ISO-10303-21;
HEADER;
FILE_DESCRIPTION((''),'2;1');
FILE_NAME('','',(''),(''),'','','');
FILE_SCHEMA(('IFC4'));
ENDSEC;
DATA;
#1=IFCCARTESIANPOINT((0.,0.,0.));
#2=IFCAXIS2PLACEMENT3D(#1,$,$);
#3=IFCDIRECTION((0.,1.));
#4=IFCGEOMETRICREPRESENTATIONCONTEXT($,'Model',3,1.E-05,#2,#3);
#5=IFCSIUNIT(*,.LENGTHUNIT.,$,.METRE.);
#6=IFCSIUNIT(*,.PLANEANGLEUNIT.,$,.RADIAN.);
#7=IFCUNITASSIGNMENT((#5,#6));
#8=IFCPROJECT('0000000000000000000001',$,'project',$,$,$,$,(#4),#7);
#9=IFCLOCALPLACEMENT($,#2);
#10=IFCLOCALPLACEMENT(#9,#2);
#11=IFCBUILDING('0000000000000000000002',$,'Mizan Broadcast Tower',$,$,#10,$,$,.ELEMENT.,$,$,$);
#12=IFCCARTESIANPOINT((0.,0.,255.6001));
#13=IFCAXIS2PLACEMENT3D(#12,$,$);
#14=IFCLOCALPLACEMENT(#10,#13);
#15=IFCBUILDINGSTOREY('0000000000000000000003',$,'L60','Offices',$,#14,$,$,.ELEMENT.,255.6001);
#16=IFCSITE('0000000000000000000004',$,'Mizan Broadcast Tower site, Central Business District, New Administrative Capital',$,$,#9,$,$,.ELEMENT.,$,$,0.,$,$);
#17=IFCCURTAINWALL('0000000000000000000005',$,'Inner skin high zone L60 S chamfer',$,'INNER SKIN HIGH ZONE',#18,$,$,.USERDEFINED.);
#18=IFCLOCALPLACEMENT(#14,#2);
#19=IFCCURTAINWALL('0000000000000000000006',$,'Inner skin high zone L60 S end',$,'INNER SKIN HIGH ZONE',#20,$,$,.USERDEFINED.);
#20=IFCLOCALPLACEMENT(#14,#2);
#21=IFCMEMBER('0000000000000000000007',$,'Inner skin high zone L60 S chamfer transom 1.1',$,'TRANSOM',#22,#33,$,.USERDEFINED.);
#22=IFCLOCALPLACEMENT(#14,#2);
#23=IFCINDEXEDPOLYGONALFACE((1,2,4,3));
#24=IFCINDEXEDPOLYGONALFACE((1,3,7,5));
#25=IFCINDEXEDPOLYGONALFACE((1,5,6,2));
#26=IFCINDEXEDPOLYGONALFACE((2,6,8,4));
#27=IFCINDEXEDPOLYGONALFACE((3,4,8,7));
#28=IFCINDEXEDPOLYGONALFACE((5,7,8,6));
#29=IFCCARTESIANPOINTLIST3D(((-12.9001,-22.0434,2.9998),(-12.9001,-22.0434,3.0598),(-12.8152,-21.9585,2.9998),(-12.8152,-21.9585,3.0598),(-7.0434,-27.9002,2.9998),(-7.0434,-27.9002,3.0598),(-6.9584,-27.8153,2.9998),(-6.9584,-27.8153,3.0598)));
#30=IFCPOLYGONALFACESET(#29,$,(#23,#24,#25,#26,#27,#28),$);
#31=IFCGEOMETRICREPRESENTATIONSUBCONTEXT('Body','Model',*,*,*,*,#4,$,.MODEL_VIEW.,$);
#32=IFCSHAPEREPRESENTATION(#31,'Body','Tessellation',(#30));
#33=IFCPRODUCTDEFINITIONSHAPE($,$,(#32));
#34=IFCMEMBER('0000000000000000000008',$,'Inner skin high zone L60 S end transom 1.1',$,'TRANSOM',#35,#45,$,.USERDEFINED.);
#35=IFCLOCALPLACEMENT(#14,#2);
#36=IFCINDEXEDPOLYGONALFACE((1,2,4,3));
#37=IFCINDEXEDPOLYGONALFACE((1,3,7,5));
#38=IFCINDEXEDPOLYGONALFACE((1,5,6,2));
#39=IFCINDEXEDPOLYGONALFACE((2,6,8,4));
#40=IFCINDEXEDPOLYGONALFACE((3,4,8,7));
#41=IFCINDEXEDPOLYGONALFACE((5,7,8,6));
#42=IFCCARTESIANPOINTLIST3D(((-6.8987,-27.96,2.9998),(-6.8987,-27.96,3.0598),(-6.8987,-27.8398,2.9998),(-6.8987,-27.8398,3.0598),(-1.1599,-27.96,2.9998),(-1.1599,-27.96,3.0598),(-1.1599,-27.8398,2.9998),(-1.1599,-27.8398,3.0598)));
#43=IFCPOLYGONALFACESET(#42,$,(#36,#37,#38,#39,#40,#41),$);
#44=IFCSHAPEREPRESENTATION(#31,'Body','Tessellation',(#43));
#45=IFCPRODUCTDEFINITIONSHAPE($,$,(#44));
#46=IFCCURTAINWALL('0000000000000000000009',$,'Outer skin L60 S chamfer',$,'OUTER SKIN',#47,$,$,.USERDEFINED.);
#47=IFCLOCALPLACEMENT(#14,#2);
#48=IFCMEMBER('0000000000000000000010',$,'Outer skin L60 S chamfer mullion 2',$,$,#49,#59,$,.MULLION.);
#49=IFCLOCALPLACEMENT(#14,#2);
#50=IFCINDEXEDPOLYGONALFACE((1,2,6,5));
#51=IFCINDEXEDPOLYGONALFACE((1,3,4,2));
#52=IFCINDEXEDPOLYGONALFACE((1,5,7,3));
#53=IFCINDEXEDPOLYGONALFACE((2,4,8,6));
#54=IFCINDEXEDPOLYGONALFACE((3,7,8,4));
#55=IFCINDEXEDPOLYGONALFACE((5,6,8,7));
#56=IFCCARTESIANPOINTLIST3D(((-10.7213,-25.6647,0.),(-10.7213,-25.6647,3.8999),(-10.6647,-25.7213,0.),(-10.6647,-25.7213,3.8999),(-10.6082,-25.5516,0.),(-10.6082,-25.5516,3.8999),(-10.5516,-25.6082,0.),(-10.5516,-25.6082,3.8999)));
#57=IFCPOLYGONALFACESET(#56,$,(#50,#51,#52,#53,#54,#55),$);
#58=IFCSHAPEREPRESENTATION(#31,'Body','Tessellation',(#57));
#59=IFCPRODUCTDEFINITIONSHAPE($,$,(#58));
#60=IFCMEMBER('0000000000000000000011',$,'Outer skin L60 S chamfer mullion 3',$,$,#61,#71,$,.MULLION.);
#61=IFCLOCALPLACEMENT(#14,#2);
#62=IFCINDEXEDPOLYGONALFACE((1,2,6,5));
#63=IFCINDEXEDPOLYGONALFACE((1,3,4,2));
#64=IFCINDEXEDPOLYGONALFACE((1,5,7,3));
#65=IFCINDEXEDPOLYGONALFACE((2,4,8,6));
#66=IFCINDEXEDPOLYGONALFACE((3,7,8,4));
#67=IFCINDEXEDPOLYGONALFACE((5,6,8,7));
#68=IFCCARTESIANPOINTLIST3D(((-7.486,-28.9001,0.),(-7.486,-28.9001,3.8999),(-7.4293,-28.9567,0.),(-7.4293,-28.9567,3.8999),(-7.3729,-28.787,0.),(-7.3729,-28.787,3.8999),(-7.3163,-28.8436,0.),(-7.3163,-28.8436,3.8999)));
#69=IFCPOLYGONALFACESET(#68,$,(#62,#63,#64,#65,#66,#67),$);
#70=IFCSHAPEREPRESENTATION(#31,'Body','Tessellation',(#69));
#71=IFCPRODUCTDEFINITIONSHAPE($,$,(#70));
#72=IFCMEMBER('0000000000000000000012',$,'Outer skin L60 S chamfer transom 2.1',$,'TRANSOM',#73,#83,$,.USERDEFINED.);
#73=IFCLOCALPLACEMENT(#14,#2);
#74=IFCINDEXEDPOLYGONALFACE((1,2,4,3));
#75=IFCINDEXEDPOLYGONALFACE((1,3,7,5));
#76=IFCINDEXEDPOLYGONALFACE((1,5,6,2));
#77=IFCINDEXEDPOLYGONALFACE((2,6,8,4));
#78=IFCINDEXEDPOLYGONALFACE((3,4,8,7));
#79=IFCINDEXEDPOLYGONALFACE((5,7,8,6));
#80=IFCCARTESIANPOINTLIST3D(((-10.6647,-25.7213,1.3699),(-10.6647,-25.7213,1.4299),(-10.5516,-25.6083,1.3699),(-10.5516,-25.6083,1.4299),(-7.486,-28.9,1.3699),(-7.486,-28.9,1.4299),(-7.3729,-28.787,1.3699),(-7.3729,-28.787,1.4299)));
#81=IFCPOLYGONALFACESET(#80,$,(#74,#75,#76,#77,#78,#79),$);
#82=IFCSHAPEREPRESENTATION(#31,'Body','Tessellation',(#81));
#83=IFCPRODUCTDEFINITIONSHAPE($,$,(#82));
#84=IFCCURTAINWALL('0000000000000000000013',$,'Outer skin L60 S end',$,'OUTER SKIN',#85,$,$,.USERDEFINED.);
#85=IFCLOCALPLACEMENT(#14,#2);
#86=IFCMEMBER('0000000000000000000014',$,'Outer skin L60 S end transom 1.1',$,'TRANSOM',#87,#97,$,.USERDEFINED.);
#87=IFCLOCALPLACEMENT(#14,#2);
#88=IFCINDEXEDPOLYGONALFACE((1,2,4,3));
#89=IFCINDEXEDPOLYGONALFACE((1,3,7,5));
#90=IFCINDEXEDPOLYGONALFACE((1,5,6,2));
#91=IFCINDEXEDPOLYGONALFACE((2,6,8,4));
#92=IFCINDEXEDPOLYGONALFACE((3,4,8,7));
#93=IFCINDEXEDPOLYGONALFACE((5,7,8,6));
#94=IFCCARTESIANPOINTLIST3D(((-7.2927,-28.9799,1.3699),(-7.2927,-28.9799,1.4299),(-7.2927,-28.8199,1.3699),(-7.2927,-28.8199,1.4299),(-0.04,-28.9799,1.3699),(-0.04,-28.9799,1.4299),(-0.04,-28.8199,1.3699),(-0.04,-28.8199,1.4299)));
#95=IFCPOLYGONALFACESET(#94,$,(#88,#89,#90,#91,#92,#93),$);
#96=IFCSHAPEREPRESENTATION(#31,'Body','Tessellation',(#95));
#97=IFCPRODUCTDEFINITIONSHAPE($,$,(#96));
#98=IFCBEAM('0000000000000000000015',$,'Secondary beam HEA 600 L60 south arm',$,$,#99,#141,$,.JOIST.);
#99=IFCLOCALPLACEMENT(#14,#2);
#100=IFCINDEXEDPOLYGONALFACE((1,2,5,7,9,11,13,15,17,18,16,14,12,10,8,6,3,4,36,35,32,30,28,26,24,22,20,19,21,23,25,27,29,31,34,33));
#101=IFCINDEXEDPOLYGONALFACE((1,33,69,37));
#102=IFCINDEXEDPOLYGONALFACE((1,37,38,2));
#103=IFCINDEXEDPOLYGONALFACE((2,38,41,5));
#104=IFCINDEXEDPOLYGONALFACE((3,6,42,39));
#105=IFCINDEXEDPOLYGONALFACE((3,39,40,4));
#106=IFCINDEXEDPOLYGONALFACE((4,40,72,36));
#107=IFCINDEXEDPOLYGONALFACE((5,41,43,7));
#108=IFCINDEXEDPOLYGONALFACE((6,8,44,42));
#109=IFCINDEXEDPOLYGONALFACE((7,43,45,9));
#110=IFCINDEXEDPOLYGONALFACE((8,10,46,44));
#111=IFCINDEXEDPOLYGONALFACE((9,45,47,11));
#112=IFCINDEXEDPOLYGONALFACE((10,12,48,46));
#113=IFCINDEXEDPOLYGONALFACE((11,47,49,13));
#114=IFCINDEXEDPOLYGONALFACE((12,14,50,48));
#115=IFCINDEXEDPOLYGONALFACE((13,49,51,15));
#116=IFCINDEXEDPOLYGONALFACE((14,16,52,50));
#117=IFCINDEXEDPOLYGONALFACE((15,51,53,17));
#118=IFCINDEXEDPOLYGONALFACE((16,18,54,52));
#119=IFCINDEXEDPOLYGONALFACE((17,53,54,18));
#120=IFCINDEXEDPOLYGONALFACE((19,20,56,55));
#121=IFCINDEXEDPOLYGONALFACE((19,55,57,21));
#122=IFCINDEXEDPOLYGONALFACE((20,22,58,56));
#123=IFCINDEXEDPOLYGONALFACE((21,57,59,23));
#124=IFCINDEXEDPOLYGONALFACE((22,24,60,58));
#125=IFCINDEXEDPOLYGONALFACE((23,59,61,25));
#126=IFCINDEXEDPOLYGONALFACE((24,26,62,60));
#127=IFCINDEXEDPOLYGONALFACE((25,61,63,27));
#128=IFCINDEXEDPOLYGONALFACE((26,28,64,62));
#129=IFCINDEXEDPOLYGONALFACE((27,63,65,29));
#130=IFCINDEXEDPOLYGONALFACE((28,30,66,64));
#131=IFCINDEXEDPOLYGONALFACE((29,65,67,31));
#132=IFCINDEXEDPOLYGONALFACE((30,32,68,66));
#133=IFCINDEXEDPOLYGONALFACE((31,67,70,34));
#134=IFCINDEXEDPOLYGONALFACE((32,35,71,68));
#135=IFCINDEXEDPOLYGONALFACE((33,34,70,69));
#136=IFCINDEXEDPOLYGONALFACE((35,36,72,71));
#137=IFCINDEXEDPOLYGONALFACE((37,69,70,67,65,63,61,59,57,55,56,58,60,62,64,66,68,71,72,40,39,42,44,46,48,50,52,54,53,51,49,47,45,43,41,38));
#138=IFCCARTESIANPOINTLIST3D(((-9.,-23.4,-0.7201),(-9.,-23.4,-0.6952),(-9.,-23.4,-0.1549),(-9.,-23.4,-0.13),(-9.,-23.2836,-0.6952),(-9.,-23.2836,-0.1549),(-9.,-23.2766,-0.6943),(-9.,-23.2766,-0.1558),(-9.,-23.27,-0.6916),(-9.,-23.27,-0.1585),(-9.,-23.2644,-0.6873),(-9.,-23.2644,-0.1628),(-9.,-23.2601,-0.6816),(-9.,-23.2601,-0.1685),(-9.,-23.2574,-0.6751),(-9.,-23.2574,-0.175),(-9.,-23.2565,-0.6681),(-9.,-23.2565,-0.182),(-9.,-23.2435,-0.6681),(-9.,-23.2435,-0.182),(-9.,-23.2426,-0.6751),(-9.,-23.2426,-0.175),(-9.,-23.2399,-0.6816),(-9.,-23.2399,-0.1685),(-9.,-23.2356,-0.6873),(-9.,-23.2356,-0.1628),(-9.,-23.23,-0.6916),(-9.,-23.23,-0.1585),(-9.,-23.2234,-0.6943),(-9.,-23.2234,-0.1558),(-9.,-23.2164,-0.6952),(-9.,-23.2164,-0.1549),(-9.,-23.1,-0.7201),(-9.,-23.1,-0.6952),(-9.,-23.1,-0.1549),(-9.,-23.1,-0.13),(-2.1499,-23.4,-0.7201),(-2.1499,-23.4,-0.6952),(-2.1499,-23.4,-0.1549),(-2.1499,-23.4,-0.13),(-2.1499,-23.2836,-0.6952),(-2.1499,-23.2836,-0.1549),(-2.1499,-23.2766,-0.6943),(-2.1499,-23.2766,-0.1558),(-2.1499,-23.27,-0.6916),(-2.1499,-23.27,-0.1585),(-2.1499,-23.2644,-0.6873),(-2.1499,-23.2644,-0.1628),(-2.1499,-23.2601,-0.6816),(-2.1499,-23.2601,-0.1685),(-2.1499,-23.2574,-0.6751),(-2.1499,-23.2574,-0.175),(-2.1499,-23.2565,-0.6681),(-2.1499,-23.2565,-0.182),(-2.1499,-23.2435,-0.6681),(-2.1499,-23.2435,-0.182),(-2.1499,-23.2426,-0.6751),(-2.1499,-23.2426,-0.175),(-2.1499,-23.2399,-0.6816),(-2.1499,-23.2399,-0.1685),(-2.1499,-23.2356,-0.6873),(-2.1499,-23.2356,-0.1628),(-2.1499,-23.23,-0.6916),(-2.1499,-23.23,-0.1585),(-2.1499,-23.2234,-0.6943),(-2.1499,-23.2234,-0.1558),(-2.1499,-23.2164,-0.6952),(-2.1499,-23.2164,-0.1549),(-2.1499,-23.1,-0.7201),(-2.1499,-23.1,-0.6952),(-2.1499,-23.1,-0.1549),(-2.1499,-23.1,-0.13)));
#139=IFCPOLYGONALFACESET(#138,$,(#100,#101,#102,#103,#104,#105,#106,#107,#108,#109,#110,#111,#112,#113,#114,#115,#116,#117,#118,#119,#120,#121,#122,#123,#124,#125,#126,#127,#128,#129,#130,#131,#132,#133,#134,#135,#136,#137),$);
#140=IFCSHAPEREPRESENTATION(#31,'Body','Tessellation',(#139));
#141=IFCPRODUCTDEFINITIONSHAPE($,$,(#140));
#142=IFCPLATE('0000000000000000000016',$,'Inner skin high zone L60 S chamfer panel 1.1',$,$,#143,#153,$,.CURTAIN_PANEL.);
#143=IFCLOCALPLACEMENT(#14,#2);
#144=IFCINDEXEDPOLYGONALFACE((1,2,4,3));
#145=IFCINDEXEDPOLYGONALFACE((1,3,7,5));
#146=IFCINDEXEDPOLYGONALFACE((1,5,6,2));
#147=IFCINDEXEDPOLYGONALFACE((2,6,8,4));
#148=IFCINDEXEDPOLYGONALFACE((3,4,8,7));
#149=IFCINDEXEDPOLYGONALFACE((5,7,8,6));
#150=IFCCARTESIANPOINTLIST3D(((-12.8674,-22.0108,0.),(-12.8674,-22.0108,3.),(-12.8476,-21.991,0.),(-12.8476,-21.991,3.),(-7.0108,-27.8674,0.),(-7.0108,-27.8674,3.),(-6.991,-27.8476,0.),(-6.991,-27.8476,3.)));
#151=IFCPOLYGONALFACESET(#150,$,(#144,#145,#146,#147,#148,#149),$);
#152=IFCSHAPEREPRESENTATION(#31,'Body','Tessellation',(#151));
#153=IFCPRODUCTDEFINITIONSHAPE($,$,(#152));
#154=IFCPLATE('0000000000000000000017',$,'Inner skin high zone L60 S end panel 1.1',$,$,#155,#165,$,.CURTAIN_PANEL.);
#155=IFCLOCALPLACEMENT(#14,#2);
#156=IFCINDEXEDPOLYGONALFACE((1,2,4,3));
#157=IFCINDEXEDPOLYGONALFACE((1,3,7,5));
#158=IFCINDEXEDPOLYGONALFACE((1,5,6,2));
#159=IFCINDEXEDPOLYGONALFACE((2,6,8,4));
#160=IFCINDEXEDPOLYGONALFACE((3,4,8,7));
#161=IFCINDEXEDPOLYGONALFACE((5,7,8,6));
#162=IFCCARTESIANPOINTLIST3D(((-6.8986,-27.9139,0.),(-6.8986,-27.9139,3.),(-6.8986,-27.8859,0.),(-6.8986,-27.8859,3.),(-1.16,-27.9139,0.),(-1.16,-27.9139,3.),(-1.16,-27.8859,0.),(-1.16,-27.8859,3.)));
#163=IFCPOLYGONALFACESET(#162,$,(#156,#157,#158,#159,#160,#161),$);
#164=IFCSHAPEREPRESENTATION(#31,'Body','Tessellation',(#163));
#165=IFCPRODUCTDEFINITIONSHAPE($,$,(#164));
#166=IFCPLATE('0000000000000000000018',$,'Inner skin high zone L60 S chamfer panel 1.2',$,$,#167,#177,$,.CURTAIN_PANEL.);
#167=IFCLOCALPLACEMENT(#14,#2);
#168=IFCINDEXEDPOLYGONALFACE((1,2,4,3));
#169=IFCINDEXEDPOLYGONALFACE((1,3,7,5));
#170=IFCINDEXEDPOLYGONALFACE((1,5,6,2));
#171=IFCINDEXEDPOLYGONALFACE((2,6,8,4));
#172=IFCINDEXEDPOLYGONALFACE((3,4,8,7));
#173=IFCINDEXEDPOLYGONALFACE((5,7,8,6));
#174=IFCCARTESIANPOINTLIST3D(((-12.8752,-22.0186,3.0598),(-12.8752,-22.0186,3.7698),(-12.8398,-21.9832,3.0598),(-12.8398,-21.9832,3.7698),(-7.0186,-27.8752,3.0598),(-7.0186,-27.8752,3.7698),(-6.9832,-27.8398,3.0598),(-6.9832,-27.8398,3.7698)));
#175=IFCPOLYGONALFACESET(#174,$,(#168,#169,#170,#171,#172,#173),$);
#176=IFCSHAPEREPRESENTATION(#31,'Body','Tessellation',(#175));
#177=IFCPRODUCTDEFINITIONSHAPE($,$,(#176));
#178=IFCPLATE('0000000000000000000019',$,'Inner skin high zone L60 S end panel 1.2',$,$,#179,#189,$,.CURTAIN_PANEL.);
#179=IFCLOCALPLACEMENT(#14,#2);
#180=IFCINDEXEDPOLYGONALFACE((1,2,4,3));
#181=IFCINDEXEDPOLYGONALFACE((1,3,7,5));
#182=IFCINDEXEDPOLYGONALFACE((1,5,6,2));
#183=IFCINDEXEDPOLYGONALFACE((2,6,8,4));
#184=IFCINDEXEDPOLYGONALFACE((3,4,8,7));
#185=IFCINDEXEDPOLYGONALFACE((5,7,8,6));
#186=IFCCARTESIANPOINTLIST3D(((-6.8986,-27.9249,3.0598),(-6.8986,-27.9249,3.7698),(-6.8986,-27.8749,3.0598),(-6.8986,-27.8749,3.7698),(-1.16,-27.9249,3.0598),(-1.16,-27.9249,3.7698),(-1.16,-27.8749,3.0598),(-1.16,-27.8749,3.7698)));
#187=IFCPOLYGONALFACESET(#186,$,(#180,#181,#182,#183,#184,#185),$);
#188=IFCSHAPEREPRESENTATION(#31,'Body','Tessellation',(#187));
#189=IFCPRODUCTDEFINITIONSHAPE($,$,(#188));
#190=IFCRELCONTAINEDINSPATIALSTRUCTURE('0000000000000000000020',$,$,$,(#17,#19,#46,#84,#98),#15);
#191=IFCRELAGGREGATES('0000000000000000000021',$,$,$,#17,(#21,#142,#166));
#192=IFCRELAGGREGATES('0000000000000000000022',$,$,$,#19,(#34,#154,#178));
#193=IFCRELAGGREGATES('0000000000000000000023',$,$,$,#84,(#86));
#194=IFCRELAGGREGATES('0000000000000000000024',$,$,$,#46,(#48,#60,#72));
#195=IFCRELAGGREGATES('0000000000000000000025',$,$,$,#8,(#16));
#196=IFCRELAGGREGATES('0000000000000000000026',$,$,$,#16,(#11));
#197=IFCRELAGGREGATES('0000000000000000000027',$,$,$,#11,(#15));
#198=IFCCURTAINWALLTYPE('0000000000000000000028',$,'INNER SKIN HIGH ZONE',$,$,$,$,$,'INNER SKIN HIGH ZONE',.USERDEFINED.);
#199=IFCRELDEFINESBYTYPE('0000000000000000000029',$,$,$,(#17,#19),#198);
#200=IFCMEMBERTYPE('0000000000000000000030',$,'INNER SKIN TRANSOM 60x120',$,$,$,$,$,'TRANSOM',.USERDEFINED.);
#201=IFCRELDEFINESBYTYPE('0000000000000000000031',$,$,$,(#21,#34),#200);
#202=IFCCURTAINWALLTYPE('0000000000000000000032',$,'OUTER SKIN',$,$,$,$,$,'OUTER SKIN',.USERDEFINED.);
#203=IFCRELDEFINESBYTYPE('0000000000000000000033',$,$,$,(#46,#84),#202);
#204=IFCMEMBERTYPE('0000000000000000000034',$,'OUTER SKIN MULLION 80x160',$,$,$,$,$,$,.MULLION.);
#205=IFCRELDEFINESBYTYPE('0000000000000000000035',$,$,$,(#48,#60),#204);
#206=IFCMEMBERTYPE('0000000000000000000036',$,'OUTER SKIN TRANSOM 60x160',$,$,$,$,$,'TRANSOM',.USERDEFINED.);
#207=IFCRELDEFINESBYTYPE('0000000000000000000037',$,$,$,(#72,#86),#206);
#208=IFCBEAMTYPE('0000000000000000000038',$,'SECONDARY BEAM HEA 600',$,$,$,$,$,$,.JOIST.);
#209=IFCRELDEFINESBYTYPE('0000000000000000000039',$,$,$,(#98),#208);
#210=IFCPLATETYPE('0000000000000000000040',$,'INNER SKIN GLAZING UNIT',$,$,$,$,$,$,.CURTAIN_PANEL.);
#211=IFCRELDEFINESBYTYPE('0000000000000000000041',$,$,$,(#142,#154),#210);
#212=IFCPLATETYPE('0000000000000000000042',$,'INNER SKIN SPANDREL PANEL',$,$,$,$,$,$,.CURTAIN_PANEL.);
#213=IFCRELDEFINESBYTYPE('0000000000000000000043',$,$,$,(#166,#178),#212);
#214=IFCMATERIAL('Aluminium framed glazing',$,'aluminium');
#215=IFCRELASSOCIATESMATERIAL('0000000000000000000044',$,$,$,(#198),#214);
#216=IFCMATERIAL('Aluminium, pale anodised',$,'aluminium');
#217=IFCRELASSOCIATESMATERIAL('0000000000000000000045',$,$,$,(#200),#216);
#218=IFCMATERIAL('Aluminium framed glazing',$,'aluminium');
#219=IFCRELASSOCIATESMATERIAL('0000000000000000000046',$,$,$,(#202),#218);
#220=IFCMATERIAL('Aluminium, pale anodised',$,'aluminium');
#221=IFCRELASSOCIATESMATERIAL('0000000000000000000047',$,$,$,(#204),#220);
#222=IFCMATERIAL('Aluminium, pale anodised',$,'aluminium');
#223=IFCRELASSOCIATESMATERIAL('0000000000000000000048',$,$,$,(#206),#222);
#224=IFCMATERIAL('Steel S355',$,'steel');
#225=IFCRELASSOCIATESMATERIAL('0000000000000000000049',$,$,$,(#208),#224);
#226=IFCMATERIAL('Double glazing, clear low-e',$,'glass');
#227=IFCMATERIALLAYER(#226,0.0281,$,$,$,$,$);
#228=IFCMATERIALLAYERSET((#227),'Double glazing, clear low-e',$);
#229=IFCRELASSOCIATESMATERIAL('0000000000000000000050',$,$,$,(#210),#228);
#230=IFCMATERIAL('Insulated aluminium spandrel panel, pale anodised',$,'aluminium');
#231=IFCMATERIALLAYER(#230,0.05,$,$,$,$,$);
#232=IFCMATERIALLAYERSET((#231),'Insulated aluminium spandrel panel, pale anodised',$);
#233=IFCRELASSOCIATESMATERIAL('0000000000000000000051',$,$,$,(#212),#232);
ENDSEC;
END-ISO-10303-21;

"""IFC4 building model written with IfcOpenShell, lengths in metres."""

from ifc_helpers import new_model, si_unit, direction, frame, origin, origin_2d, place, context, subcontext, project, spatial, rectangle, i_section, extrude, material, layer, layer_set, material_profile, profile_set, type_object, element, aggregate, save


model = new_model("IFC4")

# Units and contexts
model_context = context("Model", 3, precision=1e-05, world=origin(), true_north=direction((0.0, 1.0)))
body_context = subcontext(model_context, "Body", "Model", "MODEL_VIEW")
ifc_project = project(units=[si_unit("LENGTHUNIT", "METRE"), si_unit("PLANEANGLEUNIT", "RADIAN")], contexts=[model_context])

# Site, building, storey
site_placement = place(None, origin())
site = spatial("IfcSite", under=ifc_project, at=site_placement, Name="Mizan Broadcast Tower site, Central Business District, New Administrative Capital", CompositionType="ELEMENT", RefElevation=0.0)
building_placement = place(site_placement, origin())
building = spatial("IfcBuilding", under=site, at=building_placement, Name="Mizan Broadcast Tower", CompositionType="ELEMENT")
storey_placement = place(building_placement, frame((0.0, 0.0, 255.6001)))
storey = spatial("IfcBuildingStorey", under=building, at=storey_placement, Name="L60", Description="Offices", CompositionType="ELEMENT", Elevation=255.6001)

# Curtain walls
ifc_material_1 = material(Name="Aluminium framed glazing", Category="aluminium")
curtain_wall_type_1 = type_object("IfcCurtainWallType", Name="INNER SKIN HIGH ZONE", ElementType="INNER SKIN HIGH ZONE", PredefinedType="USERDEFINED", material=ifc_material_1)
curtain_wall_1_placement = place(storey_placement, origin())
curtain_wall_1 = element("IfcCurtainWall", 1, at=curtain_wall_1_placement, inside=storey, type_object=curtain_wall_type_1, Name="Inner skin high zone L60 S chamfer", ObjectType="INNER SKIN HIGH ZONE", PredefinedType="USERDEFINED")
curtain_wall_2_placement = place(storey_placement, origin())
curtain_wall_2 = element("IfcCurtainWall", 2, at=curtain_wall_2_placement, inside=storey, type_object=curtain_wall_type_1, Name="Inner skin high zone L60 S end", ObjectType="INNER SKIN HIGH ZONE", PredefinedType="USERDEFINED")
ifc_material_2 = material(Name="Aluminium, pale anodised", Category="aluminium")
ifc_material_profile_1 = material_profile(ifc_material_2, rectangle(XDim=0.1201, YDim=0.0601, at=origin_2d()), Name="TRANSOM 120x60")
ifc_profile_set_1 = profile_set([ifc_material_profile_1], Name="Aluminium, pale anodised")
member_type_1 = type_object("IfcMemberType", Name="INNER SKIN TRANSOM 60x120", ElementType="TRANSOM", PredefinedType="USERDEFINED", material=ifc_profile_set_1)

# Members
member_1_placement = place(storey_placement, frame((-12.8577, -22.001, 3.0298), z_axis=(0.707107, -0.707107, 0.0), x_axis=(0.707107, 0.707107, 0.0)))
member_1 = element("IfcMember", 3, at=member_1_placement, type_object=member_type_1, Name="Inner skin high zone L60 S chamfer transom 1.1", ObjectType="TRANSOM", PredefinedType="USERDEFINED", context=body_context, shape_type="SweptSolid", body=[
    extrude(rectangle(XDim=0.1201, YDim=0.0601, at=origin_2d()), origin(), (0.0, 0.0, 1.0), 8.2827),
])
member_2_placement = place(storey_placement, frame((-6.8987, -27.8999, 3.0298), z_axis=(1.0, 0.0, 0.0), x_axis=(0.0, 1.0, 0.0)))
member_2 = element("IfcMember", 4, at=member_2_placement, type_object=member_type_1, Name="Inner skin high zone L60 S end transom 1.1", ObjectType="TRANSOM", PredefinedType="USERDEFINED", context=body_context, shape_type="SweptSolid", body=[
    extrude(rectangle(XDim=0.1201, YDim=0.0601, at=origin_2d()), origin(), (0.0, 0.0, 1.0), 5.7388),
])

# Curtain wall, members
ifc_material_3 = material(Name="Aluminium framed glazing", Category="aluminium")
curtain_wall_type_2 = type_object("IfcCurtainWallType", Name="OUTER SKIN", ElementType="OUTER SKIN", PredefinedType="USERDEFINED", material=ifc_material_3)
curtain_wall_3_placement = place(storey_placement, origin())
curtain_wall_3 = element("IfcCurtainWall", 5, at=curtain_wall_3_placement, inside=storey, type_object=curtain_wall_type_2, Name="Outer skin L60 S chamfer", ObjectType="OUTER SKIN", PredefinedType="USERDEFINED")
ifc_material_4 = material(Name="Aluminium, pale anodised", Category="aluminium")
ifc_material_profile_2 = material_profile(ifc_material_4, rectangle(XDim=0.1599, YDim=0.0801, at=origin_2d()), Name="MULLION 160x80")
ifc_profile_set_2 = profile_set([ifc_material_profile_2], Name="Aluminium, pale anodised")
member_type_2 = type_object("IfcMemberType", Name="OUTER SKIN MULLION 80x160", PredefinedType="MULLION", material=ifc_profile_set_2)
member_3_placement = place(storey_placement, frame((-10.6365, -25.6365, 0.0), z_axis=(0.0, 0.0, 1.0), x_axis=(0.707107, 0.707107, 0.0)))
member_3 = element("IfcMember", 6, at=member_3_placement, type_object=member_type_2, Name="Outer skin L60 S chamfer mullion 2", PredefinedType="MULLION", context=body_context, shape_type="SweptSolid", body=[
    extrude(rectangle(XDim=0.1599, YDim=0.0801, at=origin_2d()), origin(), (0.0, 0.0, 1.0), 3.8999),
])
member_4_placement = place(storey_placement, frame((-7.4011, -28.8718, 0.0), z_axis=(0.0, 0.0, 1.0), x_axis=(0.707107, 0.707107, 0.0)))
member_4 = element("IfcMember", 7, at=member_4_placement, type_object=member_type_2, Name="Outer skin L60 S chamfer mullion 3", PredefinedType="MULLION", context=body_context, shape_type="SweptSolid", body=[
    extrude(rectangle(XDim=0.1599, YDim=0.0801, at=origin_2d()), origin(), (0.0, 0.0, 1.0), 3.8999),
])
ifc_material_5 = material(Name="Aluminium, pale anodised", Category="aluminium")
ifc_material_profile_3 = material_profile(ifc_material_5, rectangle(XDim=0.1599, YDim=0.0601, at=origin_2d()), Name="TRANSOM 160x60")
ifc_profile_set_3 = profile_set([ifc_material_profile_3], Name="Aluminium, pale anodised")
member_type_3 = type_object("IfcMemberType", Name="OUTER SKIN TRANSOM 60x160", ElementType="TRANSOM", PredefinedType="USERDEFINED", material=ifc_profile_set_3)
member_5_placement = place(storey_placement, frame((-10.6082, -25.6648, 1.3999), z_axis=(0.707107, -0.707107, 0.0), x_axis=(0.707107, 0.707107, 0.0)))
member_5 = element("IfcMember", 8, at=member_5_placement, type_object=member_type_3, Name="Outer skin L60 S chamfer transom 2.1", ObjectType="TRANSOM", PredefinedType="USERDEFINED", context=body_context, shape_type="SweptSolid", body=[
    extrude(rectangle(XDim=0.1599, YDim=0.0601, at=origin_2d()), origin(), (0.0, 0.0, 1.0), 4.4954),
])

# Curtain wall, member
curtain_wall_4_placement = place(storey_placement, origin())
curtain_wall_4 = element("IfcCurtainWall", 9, at=curtain_wall_4_placement, inside=storey, type_object=curtain_wall_type_2, Name="Outer skin L60 S end", ObjectType="OUTER SKIN", PredefinedType="USERDEFINED")
member_6_placement = place(storey_placement, frame((-7.2927, -28.8999, 1.3999), z_axis=(1.0, 0.0, 0.0), x_axis=(0.0, 1.0, 0.0)))
member_6 = element("IfcMember", 10, at=member_6_placement, type_object=member_type_3, Name="Outer skin L60 S end transom 1.1", ObjectType="TRANSOM", PredefinedType="USERDEFINED", context=body_context, shape_type="SweptSolid", body=[
    extrude(rectangle(XDim=0.1599, YDim=0.0601, at=origin_2d()), origin(), (0.0, 0.0, 1.0), 7.2527),
])

# Beam
ifc_material_6 = material(Name="Steel S355", Category="steel")
ifc_material_profile_4 = material_profile(ifc_material_6, i_section(OverallWidth=0.3, OverallDepth=0.5901, WebThickness=0.0129, FlangeThickness=0.0249, FilletRadius=0.0271, at=origin_2d()), Name="HEA 600")
ifc_profile_set_4 = profile_set([ifc_material_profile_4], Name="Steel S355")
beam_type_1 = type_object("IfcBeamType", Name="SECONDARY BEAM HEA 600", PredefinedType="JOIST", material=ifc_profile_set_4)
beam_1_placement = place(storey_placement, frame((-9.0, -23.25, -0.425), z_axis=(1.0, 0.0, 0.0), x_axis=(0.0, 1.0, 0.0)))
element("IfcBeam", 11, at=beam_1_placement, inside=storey, type_object=beam_type_1, Name="Secondary beam HEA 600 L60 south arm", PredefinedType="JOIST", context=body_context, shape_type="SweptSolid", body=[
    extrude(i_section(OverallWidth=0.3, OverallDepth=0.5901, WebThickness=0.0129, FlangeThickness=0.0249, FilletRadius=0.0271, at=origin_2d()), origin(), (0.0, 0.0, 1.0), 6.8501),
])

# Plates
ifc_material_7 = material(Name="Double glazing, clear low-e", Category="glass")
ifc_layer_1 = layer(ifc_material_7, 0.0281)
ifc_layer_set_1 = layer_set([ifc_layer_1], Name="Double glazing, clear low-e")
plate_type_1 = type_object("IfcPlateType", Name="INNER SKIN GLAZING UNIT", PredefinedType="CURTAIN_PANEL", material=ifc_layer_set_1)
plate_1_placement = place(storey_placement, frame((-9.9292, -24.9292, 0.0), z_axis=(0.0, 0.0, 1.0), x_axis=(0.707107, -0.707107, 0.0)))
plate_1 = element("IfcPlate", 12, at=plate_1_placement, type_object=plate_type_1, Name="Inner skin high zone L60 S chamfer panel 1.1", PredefinedType="CURTAIN_PANEL", context=body_context, shape_type="SweptSolid", body=[
    extrude(rectangle(XDim=8.2825, YDim=0.0281, at=origin_2d()), origin(), (0.0, 0.0, 1.0), 3.0),
])
plate_2_placement = place(storey_placement, frame((-4.0293, -27.8999, 0.0), z_axis=(0.0, 0.0, 1.0), x_axis=(1.0, 0.0, 0.0)))
plate_2 = element("IfcPlate", 13, at=plate_2_placement, type_object=plate_type_1, Name="Inner skin high zone L60 S end panel 1.1", PredefinedType="CURTAIN_PANEL", context=body_context, shape_type="SweptSolid", body=[
    extrude(rectangle(XDim=5.7385, YDim=0.0281, at=origin_2d()), origin(), (0.0, 0.0, 1.0), 3.0),
])
ifc_material_8 = material(Name="Insulated aluminium spandrel panel, pale anodised", Category="aluminium")
ifc_layer_2 = layer(ifc_material_8, 0.05)
ifc_layer_set_2 = layer_set([ifc_layer_2], Name="Insulated aluminium spandrel panel, pale anodised")
plate_type_2 = type_object("IfcPlateType", Name="INNER SKIN SPANDREL PANEL", PredefinedType="CURTAIN_PANEL", material=ifc_layer_set_2)
plate_3_placement = place(storey_placement, frame((-9.9292, -24.9292, 3.0598), z_axis=(0.0, 0.0, 1.0), x_axis=(0.707107, -0.707107, 0.0)))
plate_3 = element("IfcPlate", 14, at=plate_3_placement, type_object=plate_type_2, Name="Inner skin high zone L60 S chamfer panel 1.2", PredefinedType="CURTAIN_PANEL", context=body_context, shape_type="SweptSolid", body=[
    extrude(rectangle(XDim=8.2825, YDim=0.05, at=origin_2d()), origin(), (0.0, 0.0, 1.0), 0.71),
])
aggregate(curtain_wall_1, [member_1, plate_1, plate_3])
plate_4_placement = place(storey_placement, frame((-4.0293, -27.8999, 3.0598), z_axis=(0.0, 0.0, 1.0), x_axis=(1.0, 0.0, 0.0)))
plate_4 = element("IfcPlate", 15, at=plate_4_placement, type_object=plate_type_2, Name="Inner skin high zone L60 S end panel 1.2", PredefinedType="CURTAIN_PANEL", context=body_context, shape_type="SweptSolid", body=[
    extrude(rectangle(XDim=5.7385, YDim=0.05, at=origin_2d()), origin(), (0.0, 0.0, 1.0), 0.71),
])
aggregate(curtain_wall_2, [member_2, plate_2, plate_4])
aggregate(curtain_wall_4, [member_6])
aggregate(curtain_wall_3, [member_3, member_4, member_5])

save(model, "model.ifc")
